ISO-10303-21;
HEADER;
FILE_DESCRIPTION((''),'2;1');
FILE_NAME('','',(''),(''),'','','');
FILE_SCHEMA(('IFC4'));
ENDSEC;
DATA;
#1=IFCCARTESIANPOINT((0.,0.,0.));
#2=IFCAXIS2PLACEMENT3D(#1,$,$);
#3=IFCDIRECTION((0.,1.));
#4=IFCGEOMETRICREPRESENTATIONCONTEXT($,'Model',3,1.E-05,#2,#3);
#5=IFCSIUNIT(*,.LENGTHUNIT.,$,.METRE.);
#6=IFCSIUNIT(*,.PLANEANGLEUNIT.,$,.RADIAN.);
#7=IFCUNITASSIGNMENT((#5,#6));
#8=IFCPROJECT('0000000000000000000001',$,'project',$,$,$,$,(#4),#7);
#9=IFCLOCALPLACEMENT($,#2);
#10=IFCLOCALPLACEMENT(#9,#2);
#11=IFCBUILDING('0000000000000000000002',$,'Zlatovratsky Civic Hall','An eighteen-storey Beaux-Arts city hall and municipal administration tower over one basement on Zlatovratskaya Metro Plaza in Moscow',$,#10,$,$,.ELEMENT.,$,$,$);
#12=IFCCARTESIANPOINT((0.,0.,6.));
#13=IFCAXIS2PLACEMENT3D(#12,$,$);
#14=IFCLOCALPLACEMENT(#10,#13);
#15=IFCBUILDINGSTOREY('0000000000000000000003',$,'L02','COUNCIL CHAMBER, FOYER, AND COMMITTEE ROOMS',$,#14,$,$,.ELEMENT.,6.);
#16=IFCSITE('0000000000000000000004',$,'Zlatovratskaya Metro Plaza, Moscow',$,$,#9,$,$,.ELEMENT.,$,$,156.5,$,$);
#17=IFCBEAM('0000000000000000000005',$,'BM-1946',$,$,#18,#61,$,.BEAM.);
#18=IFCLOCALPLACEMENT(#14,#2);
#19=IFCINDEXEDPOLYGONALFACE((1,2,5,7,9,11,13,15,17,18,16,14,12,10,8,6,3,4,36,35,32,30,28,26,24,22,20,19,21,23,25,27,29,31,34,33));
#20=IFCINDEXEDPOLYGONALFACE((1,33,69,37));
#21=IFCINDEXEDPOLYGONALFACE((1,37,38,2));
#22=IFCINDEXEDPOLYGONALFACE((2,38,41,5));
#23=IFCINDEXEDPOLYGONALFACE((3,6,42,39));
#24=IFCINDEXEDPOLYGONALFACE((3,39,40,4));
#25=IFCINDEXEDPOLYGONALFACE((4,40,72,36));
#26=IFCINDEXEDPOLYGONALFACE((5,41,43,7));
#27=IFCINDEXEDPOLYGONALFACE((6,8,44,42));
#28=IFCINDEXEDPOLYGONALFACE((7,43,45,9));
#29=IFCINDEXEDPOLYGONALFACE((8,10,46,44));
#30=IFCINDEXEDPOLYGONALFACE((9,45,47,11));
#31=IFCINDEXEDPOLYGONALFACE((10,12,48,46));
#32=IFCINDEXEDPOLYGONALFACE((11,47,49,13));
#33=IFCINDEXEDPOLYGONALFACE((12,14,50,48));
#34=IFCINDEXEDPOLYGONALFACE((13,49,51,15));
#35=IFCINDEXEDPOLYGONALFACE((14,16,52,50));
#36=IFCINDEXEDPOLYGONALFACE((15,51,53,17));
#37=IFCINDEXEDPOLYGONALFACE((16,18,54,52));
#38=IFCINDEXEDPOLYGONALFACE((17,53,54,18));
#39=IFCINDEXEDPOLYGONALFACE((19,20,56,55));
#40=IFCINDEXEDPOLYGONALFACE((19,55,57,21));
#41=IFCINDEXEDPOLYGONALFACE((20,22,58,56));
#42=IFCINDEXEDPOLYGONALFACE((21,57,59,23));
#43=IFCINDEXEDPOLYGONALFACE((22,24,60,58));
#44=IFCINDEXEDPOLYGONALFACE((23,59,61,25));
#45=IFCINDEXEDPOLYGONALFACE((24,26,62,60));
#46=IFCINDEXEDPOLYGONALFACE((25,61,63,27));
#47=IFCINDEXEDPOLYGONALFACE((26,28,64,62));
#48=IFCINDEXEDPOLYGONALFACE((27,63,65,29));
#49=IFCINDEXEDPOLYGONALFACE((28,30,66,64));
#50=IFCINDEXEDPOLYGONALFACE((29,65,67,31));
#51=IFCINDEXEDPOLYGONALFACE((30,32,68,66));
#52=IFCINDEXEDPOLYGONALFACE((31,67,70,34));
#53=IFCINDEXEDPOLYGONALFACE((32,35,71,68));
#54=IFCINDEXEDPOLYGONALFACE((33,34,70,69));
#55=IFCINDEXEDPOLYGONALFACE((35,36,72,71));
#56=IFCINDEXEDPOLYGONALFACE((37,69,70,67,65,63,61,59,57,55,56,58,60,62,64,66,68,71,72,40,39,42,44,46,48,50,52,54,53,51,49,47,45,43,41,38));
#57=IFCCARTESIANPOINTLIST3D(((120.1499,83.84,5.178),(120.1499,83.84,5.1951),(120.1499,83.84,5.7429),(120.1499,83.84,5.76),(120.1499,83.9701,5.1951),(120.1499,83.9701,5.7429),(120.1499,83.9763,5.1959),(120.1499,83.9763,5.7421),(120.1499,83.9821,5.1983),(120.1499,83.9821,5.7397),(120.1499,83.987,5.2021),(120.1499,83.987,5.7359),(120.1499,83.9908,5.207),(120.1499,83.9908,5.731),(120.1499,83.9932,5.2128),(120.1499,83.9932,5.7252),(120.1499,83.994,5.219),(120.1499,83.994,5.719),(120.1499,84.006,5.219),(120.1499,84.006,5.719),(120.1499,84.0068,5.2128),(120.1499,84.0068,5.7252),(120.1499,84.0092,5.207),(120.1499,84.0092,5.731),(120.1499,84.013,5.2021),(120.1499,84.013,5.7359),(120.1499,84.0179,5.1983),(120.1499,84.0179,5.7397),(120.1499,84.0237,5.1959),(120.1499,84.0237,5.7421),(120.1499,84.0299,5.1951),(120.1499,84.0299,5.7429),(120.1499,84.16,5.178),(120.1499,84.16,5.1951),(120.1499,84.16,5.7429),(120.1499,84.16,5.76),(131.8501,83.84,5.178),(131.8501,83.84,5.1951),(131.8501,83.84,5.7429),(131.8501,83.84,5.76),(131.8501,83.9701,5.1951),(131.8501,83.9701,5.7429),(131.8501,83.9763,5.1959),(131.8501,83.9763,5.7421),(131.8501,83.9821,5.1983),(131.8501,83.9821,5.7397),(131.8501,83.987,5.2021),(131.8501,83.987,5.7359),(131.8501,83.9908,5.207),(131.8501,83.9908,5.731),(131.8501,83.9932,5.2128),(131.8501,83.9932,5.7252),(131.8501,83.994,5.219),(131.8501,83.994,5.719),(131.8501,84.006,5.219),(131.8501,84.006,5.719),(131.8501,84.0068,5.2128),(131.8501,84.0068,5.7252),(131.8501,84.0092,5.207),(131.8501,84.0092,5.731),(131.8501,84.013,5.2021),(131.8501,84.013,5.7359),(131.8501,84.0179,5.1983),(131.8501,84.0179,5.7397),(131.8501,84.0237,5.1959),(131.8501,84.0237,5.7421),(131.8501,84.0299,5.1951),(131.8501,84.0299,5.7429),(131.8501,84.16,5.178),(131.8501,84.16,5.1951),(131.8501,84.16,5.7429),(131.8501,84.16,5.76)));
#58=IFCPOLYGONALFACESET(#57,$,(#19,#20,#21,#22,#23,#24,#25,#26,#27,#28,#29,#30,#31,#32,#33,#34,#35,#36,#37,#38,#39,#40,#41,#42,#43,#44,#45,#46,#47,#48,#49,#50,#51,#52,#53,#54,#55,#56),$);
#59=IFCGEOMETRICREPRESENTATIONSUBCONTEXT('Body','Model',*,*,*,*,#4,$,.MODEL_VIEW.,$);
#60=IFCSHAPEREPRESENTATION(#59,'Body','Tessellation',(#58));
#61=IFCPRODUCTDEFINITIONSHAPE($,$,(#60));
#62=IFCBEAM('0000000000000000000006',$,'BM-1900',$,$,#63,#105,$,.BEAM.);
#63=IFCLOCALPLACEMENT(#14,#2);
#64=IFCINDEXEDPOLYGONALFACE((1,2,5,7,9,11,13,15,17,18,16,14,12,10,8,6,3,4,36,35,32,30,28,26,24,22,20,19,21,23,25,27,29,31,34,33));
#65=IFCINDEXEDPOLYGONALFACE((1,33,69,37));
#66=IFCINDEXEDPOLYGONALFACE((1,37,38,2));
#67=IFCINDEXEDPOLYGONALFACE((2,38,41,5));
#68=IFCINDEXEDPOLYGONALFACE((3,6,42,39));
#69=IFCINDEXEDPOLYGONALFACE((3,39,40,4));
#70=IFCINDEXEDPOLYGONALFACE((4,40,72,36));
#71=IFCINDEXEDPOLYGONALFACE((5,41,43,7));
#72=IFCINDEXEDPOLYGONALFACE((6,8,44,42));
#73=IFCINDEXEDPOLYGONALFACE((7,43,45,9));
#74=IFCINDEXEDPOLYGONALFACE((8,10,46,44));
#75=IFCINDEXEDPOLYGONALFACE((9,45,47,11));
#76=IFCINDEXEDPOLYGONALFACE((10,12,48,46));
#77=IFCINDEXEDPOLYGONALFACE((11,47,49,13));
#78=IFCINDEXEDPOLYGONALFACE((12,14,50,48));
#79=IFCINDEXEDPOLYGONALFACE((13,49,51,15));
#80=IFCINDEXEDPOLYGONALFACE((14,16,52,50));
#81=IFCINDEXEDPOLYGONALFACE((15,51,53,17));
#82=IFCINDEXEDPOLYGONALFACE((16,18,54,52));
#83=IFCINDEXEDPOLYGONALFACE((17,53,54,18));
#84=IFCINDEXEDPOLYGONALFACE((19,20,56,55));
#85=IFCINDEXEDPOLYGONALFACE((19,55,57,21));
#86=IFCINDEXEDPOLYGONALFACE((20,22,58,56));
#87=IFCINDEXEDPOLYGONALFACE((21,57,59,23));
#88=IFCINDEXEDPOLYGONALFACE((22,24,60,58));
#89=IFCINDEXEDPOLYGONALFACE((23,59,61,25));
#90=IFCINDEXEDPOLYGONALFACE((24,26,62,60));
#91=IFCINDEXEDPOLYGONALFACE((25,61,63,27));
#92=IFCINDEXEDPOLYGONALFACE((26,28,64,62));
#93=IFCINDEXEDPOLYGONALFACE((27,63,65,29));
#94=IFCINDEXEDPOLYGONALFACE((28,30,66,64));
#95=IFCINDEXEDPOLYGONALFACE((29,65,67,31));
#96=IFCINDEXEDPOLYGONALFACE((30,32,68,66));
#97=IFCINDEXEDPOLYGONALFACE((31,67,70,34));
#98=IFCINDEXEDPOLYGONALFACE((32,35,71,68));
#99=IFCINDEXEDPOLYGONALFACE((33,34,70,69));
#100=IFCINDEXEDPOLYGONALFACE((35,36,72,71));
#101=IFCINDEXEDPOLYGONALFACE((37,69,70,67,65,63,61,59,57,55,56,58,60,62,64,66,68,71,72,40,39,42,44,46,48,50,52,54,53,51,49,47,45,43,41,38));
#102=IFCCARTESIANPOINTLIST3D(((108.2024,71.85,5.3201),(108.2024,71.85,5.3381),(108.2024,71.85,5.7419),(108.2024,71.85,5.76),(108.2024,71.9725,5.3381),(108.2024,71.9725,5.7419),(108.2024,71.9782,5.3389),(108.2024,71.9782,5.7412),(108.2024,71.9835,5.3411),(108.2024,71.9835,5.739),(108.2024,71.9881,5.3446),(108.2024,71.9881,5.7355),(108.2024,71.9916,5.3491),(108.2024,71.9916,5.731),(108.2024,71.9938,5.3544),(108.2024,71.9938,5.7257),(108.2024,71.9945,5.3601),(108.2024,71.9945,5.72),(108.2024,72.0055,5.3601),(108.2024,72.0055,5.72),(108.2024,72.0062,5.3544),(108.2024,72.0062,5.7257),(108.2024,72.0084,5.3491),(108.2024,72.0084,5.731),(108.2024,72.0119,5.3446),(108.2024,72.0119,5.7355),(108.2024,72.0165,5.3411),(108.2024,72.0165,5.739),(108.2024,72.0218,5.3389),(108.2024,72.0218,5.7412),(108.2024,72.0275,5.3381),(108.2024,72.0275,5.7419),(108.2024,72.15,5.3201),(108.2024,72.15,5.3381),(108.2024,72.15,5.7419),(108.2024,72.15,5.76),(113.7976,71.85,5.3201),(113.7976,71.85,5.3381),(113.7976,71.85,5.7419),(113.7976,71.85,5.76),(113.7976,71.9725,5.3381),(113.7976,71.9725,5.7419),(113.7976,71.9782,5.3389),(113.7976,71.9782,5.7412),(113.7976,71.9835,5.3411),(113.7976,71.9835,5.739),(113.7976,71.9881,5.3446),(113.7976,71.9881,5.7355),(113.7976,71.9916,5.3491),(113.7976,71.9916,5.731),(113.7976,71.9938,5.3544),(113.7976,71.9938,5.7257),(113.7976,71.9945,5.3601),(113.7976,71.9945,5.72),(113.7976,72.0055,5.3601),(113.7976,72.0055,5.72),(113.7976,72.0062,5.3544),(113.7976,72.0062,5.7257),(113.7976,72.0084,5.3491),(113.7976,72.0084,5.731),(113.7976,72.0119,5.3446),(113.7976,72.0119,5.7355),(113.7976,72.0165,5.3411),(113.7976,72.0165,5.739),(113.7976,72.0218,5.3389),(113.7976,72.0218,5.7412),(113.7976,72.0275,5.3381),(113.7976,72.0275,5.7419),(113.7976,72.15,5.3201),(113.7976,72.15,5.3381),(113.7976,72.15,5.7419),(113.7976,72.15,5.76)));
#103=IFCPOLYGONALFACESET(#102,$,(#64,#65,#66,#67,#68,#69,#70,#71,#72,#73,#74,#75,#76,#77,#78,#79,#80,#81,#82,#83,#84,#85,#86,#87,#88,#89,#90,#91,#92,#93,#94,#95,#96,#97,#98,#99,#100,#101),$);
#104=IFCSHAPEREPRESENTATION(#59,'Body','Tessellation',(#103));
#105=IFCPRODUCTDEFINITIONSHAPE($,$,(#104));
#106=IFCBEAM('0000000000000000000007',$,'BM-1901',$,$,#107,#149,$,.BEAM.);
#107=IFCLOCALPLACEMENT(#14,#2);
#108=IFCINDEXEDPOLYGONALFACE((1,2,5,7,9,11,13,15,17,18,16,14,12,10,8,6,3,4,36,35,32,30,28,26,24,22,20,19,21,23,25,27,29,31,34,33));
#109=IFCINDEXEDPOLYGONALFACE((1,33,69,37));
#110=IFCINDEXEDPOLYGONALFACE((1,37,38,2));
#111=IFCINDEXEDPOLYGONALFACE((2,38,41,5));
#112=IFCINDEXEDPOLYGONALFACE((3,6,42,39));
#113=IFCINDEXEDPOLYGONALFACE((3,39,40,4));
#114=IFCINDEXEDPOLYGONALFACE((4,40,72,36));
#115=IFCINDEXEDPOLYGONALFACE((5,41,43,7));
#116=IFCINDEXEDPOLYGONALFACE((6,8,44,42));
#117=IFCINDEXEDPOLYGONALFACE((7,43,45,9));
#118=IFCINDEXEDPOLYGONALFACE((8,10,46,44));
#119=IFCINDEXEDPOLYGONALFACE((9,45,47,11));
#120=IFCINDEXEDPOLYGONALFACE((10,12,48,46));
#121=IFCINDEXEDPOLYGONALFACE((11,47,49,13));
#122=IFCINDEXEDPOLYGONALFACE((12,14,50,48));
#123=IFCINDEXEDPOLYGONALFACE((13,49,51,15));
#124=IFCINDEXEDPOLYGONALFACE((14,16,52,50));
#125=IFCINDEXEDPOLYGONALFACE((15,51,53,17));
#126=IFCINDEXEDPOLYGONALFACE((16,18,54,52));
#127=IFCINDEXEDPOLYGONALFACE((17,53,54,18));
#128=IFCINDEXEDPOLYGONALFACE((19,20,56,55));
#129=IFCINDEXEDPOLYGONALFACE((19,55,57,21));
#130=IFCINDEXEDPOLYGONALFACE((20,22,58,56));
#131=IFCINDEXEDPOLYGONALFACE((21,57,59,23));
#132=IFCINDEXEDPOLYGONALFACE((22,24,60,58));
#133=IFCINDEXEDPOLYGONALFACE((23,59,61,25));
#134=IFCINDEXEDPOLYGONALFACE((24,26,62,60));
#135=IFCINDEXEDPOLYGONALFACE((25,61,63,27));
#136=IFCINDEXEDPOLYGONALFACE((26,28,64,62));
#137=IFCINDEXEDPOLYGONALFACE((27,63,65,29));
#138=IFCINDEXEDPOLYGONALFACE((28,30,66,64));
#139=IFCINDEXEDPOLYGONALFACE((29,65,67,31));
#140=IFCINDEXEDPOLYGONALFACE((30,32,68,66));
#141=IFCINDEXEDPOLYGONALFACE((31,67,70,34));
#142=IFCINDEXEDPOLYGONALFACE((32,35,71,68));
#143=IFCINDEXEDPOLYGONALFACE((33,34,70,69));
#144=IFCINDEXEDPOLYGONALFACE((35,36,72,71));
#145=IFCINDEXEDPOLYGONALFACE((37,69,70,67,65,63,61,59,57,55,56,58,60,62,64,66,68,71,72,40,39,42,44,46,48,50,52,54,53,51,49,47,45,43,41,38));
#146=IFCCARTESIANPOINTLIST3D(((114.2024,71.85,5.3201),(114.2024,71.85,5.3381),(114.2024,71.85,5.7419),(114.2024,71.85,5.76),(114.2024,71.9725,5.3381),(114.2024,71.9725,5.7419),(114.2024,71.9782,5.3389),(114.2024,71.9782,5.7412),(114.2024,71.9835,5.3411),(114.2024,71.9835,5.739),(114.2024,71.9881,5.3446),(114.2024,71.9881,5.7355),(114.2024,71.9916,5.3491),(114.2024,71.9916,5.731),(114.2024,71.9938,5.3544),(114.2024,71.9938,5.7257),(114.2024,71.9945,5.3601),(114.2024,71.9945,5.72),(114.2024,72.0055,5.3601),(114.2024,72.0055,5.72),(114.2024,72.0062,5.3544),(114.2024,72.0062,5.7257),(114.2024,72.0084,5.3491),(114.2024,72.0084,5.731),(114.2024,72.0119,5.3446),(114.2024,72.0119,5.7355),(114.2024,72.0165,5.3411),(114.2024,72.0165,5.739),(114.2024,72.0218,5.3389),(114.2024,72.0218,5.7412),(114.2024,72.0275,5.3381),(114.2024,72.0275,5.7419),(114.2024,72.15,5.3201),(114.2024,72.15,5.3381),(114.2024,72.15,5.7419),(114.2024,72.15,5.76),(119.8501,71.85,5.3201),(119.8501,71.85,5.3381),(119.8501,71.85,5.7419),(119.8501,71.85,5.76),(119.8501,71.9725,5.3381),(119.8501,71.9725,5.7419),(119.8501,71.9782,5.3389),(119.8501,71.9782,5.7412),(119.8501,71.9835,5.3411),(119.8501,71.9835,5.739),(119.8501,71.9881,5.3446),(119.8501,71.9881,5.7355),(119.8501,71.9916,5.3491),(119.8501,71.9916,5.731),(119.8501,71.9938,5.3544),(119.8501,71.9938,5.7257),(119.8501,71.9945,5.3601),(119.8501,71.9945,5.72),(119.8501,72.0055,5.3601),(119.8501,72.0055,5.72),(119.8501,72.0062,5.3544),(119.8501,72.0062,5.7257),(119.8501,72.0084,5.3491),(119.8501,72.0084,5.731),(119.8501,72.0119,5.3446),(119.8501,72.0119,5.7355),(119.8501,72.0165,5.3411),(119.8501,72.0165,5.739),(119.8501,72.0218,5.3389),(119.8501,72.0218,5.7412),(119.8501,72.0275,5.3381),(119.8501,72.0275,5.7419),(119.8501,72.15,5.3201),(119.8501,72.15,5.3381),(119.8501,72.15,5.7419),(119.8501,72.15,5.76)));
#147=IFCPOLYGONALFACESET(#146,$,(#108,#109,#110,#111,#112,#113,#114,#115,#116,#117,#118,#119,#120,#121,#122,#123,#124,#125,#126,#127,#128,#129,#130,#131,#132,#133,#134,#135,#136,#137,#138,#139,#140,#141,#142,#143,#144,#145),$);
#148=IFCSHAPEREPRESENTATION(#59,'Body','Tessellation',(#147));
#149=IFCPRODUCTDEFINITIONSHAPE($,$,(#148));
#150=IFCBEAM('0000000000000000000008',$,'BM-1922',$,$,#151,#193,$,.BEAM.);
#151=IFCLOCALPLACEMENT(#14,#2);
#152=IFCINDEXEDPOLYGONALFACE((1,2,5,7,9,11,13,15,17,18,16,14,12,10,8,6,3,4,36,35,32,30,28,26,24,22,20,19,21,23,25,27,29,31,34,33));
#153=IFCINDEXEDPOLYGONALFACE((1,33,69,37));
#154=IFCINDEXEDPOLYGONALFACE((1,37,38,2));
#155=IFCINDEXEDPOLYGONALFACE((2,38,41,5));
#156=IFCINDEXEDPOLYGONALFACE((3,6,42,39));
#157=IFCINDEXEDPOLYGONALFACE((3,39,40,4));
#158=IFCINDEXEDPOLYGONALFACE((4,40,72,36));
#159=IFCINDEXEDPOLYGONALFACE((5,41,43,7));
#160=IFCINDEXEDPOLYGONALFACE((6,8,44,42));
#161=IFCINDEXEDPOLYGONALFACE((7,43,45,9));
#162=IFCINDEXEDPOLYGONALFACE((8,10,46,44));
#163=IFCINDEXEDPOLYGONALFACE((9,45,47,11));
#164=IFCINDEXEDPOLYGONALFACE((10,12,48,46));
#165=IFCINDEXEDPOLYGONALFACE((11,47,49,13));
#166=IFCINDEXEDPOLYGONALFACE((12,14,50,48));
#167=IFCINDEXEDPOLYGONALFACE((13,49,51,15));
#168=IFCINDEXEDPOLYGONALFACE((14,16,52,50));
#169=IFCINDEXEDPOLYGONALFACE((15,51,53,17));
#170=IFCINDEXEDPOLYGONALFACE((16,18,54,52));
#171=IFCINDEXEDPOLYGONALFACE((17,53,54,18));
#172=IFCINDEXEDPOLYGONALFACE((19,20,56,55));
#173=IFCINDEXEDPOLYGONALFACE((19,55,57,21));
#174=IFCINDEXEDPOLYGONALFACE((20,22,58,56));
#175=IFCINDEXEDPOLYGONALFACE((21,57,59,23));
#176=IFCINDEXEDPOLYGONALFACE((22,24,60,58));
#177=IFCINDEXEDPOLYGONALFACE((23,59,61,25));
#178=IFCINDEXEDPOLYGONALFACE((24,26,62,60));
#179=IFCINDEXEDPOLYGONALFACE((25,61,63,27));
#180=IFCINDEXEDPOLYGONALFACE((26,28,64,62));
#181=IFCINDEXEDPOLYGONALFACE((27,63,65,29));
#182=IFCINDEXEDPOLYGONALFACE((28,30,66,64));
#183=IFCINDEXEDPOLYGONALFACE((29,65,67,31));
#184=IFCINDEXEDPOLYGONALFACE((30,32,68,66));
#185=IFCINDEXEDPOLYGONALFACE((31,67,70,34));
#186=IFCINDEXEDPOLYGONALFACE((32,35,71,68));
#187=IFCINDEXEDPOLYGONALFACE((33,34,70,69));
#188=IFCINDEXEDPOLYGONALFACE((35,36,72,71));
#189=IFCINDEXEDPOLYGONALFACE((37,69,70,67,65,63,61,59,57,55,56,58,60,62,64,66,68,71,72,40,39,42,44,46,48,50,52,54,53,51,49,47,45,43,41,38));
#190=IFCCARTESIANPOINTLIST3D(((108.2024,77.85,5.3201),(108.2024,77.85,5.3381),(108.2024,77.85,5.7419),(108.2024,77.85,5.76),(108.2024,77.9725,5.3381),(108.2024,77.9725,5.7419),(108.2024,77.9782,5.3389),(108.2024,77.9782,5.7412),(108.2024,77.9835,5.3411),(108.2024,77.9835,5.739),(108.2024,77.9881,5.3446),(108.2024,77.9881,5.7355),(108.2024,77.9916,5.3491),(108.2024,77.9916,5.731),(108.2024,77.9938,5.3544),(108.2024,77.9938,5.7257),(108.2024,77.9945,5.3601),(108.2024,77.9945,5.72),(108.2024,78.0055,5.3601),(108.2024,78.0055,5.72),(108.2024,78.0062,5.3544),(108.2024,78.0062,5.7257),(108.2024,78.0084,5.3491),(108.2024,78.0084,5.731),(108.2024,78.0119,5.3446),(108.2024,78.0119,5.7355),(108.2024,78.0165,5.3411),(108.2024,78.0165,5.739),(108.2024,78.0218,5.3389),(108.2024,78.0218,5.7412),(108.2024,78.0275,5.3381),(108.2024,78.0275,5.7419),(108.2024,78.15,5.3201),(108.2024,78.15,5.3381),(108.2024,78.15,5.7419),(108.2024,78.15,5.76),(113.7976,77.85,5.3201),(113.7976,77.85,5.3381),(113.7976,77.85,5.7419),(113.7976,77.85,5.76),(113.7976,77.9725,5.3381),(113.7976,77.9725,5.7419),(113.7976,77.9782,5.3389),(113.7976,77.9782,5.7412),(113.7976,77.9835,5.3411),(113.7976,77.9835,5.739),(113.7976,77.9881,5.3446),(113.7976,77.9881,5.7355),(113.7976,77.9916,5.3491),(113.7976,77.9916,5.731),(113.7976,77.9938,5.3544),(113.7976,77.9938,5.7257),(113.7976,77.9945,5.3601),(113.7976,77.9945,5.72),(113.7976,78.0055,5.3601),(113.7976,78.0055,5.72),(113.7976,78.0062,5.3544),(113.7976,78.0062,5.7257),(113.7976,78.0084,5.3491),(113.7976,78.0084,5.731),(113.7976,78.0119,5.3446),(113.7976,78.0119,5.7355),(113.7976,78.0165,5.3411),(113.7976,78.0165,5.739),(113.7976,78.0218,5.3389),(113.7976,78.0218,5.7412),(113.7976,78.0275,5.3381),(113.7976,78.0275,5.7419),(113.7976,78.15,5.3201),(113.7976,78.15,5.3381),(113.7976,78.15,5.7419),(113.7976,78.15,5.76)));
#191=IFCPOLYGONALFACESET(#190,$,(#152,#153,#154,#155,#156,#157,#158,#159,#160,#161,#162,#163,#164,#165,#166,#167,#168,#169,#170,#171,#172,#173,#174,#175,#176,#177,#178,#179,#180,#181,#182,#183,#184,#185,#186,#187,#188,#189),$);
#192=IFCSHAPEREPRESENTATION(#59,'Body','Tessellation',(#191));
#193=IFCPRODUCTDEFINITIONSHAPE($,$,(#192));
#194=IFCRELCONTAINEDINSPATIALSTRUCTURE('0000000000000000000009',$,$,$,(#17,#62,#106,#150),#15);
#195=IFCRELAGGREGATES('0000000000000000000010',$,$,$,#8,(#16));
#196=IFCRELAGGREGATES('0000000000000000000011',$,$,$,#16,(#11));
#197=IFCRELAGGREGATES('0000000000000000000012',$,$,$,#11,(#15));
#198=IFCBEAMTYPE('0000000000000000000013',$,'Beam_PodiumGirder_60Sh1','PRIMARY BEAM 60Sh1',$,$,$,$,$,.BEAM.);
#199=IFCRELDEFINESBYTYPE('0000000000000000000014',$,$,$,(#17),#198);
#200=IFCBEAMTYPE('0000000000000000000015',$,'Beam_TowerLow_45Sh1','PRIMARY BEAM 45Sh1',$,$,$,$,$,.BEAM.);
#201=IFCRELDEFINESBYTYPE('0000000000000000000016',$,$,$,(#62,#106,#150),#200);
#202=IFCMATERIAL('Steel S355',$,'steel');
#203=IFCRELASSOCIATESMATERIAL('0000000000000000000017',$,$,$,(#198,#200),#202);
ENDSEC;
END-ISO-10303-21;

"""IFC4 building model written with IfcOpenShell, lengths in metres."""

from ifc_helpers import new_model, si_unit, direction, frame, origin, origin_2d, place, context, subcontext, project, spatial, i_section, extrude, material, material_profile, profile_set, type_object, element, save


model = new_model("IFC4")

# Units and contexts
model_context = context("Model", 3, precision=1e-05, world=origin(), true_north=direction((0.0, 1.0)))
body_context = subcontext(model_context, "Body", "Model", "MODEL_VIEW")
ifc_project = project(units=[si_unit("LENGTHUNIT", "METRE"), si_unit("PLANEANGLEUNIT", "RADIAN")], contexts=[model_context])

# Site, building, storey
site_placement = place(None, origin())
site = spatial("IfcSite", under=ifc_project, at=site_placement, Name="Zlatovratskaya Metro Plaza, Moscow", CompositionType="ELEMENT", RefElevation=156.5)
building_placement = place(site_placement, origin())
building = spatial("IfcBuilding", under=site, at=building_placement, Name="Zlatovratsky Civic Hall", Description="An eighteen-storey Beaux-Arts city hall and municipal administration tower over one basement on Zlatovratskaya Metro Plaza in Moscow", CompositionType="ELEMENT")
storey_placement = place(building_placement, frame((0.0, 0.0, 6.0)))
storey = spatial("IfcBuildingStorey", under=building, at=storey_placement, Name="L02", Description="COUNCIL CHAMBER, FOYER, AND COMMITTEE ROOMS", CompositionType="ELEMENT", Elevation=6.0)

# Shared definitions
ifc_material_1 = material(Name="Steel S355", Category="steel")

# Beams
ifc_material_profile_1 = material_profile(ifc_material_1, i_section(OverallWidth=0.3201, OverallDepth=0.582, WebThickness=0.012, FlangeThickness=0.0171, FilletRadius=0.0239, at=origin_2d()), Name="60Sh1")
ifc_profile_set_1 = profile_set([ifc_material_profile_1], Name="Steel S355")
beam_type_1 = type_object("IfcBeamType", Name="Beam_PodiumGirder_60Sh1", Description="PRIMARY BEAM 60Sh1", PredefinedType="BEAM", material=ifc_profile_set_1)
for number, where, z_axis, x_axis, name in (
    (1, (120.1499, 84.0, 5.469), (1.0, 0.0, 0.0), (0.0, 1.0, 0.0), "BM-1946"),
):
    element("IfcBeam", number, at=place(storey_placement, frame(where, z_axis=z_axis, x_axis=x_axis)), inside=storey, type_object=beam_type_1, Name=name, PredefinedType="BEAM", context=body_context, shape_type="SweptSolid", body=[
        extrude(i_section(OverallWidth=0.3201, OverallDepth=0.582, WebThickness=0.012, FlangeThickness=0.0171, FilletRadius=0.0239, at=origin_2d()), origin(), (0.0, 0.0, 1.0), 11.7002),
    ])
ifc_material_profile_2 = material_profile(ifc_material_1, i_section(OverallWidth=0.3, OverallDepth=0.4399, WebThickness=0.011, FlangeThickness=0.0181, FilletRadius=0.022, at=origin_2d()), Name="45Sh1")
ifc_profile_set_2 = profile_set([ifc_material_profile_2], Name="Steel S355")
beam_type_2 = type_object("IfcBeamType", Name="Beam_TowerLow_45Sh1", Description="PRIMARY BEAM 45Sh1", PredefinedType="BEAM", material=ifc_profile_set_2)
beam_1_placement = place(storey_placement, frame((108.2024, 72.0, 5.54), z_axis=(1.0, 0.0, 0.0), x_axis=(0.0, 1.0, 0.0)))
element("IfcBeam", 2, at=beam_1_placement, inside=storey, type_object=beam_type_2, Name="BM-1900", PredefinedType="BEAM", context=body_context, shape_type="SweptSolid", body=[
    extrude(i_section(OverallWidth=0.3, OverallDepth=0.4399, WebThickness=0.011, FlangeThickness=0.0181, FilletRadius=0.022, at=origin_2d()), origin(), (0.0, 0.0, 1.0), 5.5952),
])
beam_2_placement = place(storey_placement, frame((114.2024, 72.0, 5.54), z_axis=(1.0, 0.0, 0.0), x_axis=(0.0, 1.0, 0.0)))
element("IfcBeam", 3, at=beam_2_placement, inside=storey, type_object=beam_type_2, Name="BM-1901", PredefinedType="BEAM", context=body_context, shape_type="SweptSolid", body=[
    extrude(i_section(OverallWidth=0.3, OverallDepth=0.4399, WebThickness=0.011, FlangeThickness=0.0181, FilletRadius=0.022, at=origin_2d()), origin(), (0.0, 0.0, 1.0), 5.6477),
])
beam_3_placement = place(storey_placement, frame((108.2024, 78.0, 5.54), z_axis=(1.0, 0.0, 0.0), x_axis=(0.0, 1.0, 0.0)))
element("IfcBeam", 4, at=beam_3_placement, inside=storey, type_object=beam_type_2, Name="BM-1922", PredefinedType="BEAM", context=body_context, shape_type="SweptSolid", body=[
    extrude(i_section(OverallWidth=0.3, OverallDepth=0.4399, WebThickness=0.011, FlangeThickness=0.0181, FilletRadius=0.022, at=origin_2d()), origin(), (0.0, 0.0, 1.0), 5.5952),
])

save(model, "model.ifc")
